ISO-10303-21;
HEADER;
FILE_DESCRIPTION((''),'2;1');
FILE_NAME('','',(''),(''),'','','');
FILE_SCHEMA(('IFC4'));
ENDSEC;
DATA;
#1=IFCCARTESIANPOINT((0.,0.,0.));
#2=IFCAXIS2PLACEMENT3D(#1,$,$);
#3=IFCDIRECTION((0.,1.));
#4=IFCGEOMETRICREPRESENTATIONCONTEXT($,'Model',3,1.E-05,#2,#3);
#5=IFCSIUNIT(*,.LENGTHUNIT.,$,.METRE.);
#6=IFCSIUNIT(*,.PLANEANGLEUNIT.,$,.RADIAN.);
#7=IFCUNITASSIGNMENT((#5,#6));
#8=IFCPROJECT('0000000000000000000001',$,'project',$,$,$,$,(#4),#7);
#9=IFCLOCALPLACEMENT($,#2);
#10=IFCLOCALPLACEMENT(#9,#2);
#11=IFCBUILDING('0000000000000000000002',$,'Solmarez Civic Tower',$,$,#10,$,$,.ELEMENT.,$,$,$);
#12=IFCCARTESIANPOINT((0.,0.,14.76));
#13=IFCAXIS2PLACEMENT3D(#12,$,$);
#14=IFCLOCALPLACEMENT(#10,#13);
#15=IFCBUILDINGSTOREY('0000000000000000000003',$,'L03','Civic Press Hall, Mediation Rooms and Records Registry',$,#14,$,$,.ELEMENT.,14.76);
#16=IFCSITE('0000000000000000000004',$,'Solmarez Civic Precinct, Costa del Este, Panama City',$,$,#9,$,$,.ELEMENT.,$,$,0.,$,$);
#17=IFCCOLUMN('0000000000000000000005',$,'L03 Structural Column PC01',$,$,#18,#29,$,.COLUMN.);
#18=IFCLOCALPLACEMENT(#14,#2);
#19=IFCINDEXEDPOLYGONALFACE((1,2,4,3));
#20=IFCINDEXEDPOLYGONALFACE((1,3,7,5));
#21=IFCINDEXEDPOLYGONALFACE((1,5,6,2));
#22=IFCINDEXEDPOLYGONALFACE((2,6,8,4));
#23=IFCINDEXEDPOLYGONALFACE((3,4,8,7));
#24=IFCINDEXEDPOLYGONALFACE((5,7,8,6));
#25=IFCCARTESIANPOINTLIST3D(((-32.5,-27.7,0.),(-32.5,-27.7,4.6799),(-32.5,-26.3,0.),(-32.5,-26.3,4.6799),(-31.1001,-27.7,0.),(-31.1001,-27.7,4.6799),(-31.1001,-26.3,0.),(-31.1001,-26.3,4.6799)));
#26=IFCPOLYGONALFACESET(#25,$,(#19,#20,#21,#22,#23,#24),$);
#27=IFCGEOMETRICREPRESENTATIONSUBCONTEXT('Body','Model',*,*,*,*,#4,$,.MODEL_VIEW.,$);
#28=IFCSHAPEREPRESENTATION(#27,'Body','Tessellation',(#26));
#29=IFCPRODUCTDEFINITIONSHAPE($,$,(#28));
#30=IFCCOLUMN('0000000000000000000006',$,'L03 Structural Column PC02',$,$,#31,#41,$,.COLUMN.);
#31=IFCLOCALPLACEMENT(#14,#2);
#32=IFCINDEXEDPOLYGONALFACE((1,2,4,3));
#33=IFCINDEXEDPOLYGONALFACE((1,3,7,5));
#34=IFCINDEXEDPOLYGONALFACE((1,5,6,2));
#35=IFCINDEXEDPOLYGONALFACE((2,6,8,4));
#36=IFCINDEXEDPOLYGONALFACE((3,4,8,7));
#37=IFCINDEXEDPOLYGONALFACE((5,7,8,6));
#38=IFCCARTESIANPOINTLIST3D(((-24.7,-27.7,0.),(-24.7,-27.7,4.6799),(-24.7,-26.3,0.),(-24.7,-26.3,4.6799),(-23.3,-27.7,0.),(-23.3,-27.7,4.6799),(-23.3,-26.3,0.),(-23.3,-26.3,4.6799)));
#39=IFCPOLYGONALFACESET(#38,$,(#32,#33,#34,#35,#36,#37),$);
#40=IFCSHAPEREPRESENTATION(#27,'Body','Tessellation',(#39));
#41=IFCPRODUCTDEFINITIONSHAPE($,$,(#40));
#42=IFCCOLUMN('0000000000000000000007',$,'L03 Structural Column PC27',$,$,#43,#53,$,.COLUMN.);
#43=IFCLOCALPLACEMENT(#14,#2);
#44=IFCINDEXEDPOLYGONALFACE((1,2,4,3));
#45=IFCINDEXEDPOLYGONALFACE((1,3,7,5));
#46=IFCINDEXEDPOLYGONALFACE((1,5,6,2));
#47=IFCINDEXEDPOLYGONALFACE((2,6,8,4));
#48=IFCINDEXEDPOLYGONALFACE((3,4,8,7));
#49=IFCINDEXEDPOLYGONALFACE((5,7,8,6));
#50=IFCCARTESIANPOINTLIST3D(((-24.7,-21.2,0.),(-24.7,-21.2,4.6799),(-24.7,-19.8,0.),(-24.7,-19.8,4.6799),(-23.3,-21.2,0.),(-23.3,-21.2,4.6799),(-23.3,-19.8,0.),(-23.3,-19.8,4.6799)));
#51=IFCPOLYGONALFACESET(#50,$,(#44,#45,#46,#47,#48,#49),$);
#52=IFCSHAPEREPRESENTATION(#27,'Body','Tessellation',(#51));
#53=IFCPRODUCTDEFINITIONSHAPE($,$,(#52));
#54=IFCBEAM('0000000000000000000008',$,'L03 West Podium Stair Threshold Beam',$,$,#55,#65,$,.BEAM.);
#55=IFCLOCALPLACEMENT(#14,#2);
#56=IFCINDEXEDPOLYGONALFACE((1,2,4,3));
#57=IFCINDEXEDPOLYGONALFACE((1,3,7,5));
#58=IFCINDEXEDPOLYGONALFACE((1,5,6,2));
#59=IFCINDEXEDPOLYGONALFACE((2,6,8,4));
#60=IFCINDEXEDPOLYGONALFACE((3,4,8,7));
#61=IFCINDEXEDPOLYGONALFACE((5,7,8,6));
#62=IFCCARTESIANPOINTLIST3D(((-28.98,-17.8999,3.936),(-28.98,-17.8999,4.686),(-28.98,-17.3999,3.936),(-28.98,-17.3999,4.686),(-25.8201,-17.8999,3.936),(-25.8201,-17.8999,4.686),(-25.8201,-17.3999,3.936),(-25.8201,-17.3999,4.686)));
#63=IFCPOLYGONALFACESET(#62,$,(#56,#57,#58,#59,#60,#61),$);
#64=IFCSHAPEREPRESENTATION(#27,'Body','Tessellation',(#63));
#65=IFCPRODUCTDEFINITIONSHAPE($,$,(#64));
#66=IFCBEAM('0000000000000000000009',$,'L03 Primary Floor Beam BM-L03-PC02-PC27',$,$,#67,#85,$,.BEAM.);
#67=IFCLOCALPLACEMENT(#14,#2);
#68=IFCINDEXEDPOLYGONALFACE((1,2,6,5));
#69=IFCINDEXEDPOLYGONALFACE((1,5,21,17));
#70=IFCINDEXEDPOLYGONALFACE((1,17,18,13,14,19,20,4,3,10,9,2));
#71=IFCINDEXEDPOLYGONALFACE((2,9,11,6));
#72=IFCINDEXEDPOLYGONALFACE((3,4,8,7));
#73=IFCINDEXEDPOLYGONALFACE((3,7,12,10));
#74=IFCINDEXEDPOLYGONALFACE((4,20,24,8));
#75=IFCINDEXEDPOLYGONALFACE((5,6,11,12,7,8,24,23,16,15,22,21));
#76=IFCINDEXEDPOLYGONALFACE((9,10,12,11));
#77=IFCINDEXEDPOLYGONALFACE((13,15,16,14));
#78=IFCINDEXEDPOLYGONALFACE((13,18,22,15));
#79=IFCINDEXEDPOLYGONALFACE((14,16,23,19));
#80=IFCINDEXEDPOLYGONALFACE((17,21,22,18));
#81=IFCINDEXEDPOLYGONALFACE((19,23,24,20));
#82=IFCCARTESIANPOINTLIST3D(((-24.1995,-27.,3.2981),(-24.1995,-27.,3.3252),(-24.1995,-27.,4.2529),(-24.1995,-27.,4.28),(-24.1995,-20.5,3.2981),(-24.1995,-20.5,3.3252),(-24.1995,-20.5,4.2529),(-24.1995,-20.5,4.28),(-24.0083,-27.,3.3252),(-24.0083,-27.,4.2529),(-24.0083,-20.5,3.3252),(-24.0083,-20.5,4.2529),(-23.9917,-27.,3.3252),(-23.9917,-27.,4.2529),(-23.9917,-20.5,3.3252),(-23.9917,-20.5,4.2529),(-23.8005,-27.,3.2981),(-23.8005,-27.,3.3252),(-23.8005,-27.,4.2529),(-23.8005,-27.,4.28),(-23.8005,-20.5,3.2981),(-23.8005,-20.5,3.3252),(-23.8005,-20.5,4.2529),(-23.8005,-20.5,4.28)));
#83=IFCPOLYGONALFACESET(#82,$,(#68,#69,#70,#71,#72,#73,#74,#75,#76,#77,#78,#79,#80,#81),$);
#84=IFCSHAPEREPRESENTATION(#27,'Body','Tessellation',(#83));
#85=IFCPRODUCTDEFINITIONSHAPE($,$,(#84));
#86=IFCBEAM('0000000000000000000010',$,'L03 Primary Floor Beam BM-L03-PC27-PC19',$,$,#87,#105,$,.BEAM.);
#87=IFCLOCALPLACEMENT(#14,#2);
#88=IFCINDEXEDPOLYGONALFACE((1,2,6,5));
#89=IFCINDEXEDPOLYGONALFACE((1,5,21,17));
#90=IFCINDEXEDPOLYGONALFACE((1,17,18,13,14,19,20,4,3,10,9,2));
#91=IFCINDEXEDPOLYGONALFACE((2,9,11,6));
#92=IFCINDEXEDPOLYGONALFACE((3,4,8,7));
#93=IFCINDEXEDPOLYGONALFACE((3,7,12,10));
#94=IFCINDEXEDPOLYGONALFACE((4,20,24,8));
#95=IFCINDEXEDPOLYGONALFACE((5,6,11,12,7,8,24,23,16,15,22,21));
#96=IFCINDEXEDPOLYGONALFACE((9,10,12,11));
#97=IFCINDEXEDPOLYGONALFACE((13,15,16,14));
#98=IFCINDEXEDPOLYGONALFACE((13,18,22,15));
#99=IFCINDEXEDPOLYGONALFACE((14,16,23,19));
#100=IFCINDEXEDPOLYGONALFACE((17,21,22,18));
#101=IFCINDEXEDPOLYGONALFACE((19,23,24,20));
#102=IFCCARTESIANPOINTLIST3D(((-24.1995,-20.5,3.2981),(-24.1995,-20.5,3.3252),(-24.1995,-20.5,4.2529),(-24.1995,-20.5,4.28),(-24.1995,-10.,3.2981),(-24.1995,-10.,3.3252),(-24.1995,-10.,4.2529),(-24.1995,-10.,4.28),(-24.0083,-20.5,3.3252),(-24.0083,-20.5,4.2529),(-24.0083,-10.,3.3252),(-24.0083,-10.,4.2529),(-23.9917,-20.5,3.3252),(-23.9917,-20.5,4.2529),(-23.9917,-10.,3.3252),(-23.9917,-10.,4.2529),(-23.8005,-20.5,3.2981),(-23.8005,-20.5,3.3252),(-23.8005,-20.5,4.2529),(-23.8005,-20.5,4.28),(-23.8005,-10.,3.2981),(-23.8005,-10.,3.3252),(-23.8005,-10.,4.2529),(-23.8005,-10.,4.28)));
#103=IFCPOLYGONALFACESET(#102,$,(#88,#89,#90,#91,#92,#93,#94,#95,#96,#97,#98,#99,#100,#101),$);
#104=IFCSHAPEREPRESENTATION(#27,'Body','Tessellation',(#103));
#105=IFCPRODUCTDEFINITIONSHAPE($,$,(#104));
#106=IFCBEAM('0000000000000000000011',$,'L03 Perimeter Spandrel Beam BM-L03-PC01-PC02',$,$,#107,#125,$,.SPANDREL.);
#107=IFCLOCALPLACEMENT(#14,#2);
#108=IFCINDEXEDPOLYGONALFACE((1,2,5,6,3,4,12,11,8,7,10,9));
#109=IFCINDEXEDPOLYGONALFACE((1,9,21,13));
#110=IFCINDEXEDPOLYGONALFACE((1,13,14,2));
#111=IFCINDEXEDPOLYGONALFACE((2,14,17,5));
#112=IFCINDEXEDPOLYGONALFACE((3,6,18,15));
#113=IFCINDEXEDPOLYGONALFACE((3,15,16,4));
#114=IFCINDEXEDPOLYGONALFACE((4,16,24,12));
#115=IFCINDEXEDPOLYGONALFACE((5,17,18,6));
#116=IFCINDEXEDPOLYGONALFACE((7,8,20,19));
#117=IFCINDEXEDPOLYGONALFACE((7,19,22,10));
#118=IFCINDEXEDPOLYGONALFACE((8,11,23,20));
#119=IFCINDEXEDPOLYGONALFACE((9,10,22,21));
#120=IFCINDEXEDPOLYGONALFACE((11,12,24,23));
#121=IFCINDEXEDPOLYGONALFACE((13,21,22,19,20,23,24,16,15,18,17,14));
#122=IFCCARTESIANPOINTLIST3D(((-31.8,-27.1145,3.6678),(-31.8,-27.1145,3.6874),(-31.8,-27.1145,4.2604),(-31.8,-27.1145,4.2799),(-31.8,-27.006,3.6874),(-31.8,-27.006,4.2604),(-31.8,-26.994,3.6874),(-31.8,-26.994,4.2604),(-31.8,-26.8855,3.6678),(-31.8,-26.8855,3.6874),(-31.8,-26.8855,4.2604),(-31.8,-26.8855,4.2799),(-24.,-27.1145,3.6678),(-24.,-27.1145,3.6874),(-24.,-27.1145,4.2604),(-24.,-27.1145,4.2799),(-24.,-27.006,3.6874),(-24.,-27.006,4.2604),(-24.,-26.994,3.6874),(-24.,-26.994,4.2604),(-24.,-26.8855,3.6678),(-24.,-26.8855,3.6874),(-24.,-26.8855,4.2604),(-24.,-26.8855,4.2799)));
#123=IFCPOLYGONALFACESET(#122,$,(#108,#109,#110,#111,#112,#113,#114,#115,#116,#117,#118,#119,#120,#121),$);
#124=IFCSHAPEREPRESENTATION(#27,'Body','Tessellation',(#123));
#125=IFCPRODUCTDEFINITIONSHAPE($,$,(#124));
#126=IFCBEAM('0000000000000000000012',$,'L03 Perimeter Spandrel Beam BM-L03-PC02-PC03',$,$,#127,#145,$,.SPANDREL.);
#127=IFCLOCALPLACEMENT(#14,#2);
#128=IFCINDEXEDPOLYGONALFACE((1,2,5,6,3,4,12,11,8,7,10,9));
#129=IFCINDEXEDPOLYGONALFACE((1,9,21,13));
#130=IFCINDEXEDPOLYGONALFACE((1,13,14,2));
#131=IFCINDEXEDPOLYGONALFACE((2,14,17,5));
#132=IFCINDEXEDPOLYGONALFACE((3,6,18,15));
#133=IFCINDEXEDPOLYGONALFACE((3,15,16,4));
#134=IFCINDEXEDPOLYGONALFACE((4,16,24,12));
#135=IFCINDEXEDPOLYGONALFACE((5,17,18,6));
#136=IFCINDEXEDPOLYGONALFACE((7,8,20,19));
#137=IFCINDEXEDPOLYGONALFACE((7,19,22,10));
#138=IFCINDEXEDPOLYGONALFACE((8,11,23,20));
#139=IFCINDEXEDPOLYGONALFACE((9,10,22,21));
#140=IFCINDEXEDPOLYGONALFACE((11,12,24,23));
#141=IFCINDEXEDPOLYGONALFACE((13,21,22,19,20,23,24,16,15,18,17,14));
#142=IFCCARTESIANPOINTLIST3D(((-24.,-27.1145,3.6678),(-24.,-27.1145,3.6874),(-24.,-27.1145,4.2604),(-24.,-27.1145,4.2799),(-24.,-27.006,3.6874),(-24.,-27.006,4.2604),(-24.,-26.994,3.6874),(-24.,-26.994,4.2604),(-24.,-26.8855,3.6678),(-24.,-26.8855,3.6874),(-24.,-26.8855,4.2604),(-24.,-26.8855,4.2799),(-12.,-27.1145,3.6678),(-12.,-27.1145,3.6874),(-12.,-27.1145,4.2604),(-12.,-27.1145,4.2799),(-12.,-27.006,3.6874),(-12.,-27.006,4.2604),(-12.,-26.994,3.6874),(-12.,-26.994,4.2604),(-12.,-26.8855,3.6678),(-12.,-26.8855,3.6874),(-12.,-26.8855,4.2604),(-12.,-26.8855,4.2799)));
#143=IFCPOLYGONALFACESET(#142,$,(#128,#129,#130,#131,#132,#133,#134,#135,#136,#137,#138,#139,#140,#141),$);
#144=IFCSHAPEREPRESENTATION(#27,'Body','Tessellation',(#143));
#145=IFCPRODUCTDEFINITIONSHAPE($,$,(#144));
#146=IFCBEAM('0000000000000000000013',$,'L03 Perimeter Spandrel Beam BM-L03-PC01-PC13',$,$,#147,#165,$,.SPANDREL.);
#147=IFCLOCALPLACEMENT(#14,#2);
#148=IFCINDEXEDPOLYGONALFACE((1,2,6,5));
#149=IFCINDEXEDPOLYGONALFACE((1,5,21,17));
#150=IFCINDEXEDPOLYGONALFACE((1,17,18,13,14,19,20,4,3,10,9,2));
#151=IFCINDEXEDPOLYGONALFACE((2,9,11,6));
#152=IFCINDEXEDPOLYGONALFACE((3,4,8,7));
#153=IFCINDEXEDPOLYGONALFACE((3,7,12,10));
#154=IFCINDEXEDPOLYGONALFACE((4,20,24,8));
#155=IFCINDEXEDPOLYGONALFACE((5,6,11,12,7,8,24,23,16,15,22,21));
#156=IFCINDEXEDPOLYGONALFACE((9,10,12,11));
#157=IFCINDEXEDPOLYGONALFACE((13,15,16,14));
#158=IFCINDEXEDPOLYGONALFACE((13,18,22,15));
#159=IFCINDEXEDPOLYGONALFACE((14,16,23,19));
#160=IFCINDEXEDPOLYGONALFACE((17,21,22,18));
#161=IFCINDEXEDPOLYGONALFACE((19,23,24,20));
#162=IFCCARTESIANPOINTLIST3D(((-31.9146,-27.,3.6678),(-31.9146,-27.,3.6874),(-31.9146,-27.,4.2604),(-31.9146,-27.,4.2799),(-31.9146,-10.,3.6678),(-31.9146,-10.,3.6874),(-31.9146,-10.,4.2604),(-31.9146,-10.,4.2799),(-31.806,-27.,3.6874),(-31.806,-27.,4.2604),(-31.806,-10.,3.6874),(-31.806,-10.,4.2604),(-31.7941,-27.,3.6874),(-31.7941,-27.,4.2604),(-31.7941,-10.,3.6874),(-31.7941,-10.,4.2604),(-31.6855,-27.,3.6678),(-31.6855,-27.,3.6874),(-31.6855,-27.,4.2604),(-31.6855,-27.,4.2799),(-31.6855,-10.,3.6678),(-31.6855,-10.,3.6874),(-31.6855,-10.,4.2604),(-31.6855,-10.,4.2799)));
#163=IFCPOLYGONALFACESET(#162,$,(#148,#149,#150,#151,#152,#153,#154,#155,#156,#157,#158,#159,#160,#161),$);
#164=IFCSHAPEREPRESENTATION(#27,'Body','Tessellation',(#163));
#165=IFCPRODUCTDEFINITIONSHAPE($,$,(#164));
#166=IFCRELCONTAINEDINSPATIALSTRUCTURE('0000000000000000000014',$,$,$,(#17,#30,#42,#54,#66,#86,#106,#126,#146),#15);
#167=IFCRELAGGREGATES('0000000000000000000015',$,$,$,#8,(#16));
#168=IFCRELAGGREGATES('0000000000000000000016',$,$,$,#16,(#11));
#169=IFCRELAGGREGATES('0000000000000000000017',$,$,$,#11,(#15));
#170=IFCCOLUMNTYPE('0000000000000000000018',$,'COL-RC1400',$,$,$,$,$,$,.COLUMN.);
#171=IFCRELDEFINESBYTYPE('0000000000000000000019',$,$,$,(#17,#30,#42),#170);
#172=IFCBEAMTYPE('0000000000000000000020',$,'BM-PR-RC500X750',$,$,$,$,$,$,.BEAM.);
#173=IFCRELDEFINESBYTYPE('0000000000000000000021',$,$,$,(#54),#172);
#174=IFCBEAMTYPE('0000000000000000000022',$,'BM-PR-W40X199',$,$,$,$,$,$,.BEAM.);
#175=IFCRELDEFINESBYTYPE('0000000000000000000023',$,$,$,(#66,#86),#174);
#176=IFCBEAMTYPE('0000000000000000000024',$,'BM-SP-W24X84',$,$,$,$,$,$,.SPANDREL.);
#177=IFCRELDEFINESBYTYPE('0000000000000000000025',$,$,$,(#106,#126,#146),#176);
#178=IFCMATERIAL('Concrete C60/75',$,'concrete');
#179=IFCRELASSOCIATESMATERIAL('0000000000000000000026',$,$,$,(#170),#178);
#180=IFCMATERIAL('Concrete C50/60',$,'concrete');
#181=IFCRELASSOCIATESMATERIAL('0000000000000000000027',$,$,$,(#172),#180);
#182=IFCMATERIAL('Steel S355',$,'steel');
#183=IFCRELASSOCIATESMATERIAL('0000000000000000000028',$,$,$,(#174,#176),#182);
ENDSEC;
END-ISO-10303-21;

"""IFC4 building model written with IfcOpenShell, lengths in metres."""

from ifc_helpers import new_model, si_unit, direction, frame, origin, origin_2d, place, context, subcontext, project, spatial, rectangle, i_section, extrude, material, material_profile, profile_set, type_object, element, save


model = new_model("IFC4")

# Units and contexts
model_context = context("Model", 3, precision=1e-05, world=origin(), true_north=direction((0.0, 1.0)))
body_context = subcontext(model_context, "Body", "Model", "MODEL_VIEW")
ifc_project = project(units=[si_unit("LENGTHUNIT", "METRE"), si_unit("PLANEANGLEUNIT", "RADIAN")], contexts=[model_context])

# Site, building, storey
site_placement = place(None, origin())
site = spatial("IfcSite", under=ifc_project, at=site_placement, Name="Solmarez Civic Precinct, Costa del Este, Panama City", CompositionType="ELEMENT", RefElevation=0.0)
building_placement = place(site_placement, origin())
building = spatial("IfcBuilding", under=site, at=building_placement, Name="Solmarez Civic Tower", CompositionType="ELEMENT")
storey_placement = place(building_placement, frame((0.0, 0.0, 14.76)))
storey = spatial("IfcBuildingStorey", under=building, at=storey_placement, Name="L03", Description="Civic Press Hall, Mediation Rooms and Records Registry", CompositionType="ELEMENT", Elevation=14.76)

# Columns
ifc_material_1 = material(Name="Concrete C60/75", Category="concrete")
ifc_material_profile_1 = material_profile(ifc_material_1, rectangle(XDim=1.3999, YDim=1.3999, at=origin_2d()), Name="RC1400X1400")
ifc_profile_set_1 = profile_set([ifc_material_profile_1], Name="Concrete C60/75")
column_type = type_object("IfcColumnType", Name="COL-RC1400", PredefinedType="COLUMN", material=ifc_profile_set_1)
for number, where, z_axis, x_axis, name in (
    (1, (-31.8, -27.0, 0.0), (0.0, 0.0, 1.0), (1.0, 0.0, 0.0), "L03 Structural Column PC01"),
    (2, (-24.0, -27.0, 0.0), (0.0, 0.0, 1.0), (1.0, 0.0, 0.0), "L03 Structural Column PC02"),
    (3, (-24.0, -20.5, 0.0), (0.0, 0.0, 1.0), (1.0, 0.0, 0.0), "L03 Structural Column PC27"),
):
    element("IfcColumn", number, at=place(storey_placement, frame(where, z_axis=z_axis, x_axis=x_axis)), inside=storey, type_object=column_type, Name=name, PredefinedType="COLUMN", context=body_context, shape_type="SweptSolid", body=[
        extrude(rectangle(XDim=1.3999, YDim=1.3999, at=origin_2d()), origin(), (0.0, 0.0, 1.0), 4.6799),
    ])

# Beams
ifc_material_2 = material(Name="Concrete C50/60", Category="concrete")
ifc_material_profile_2 = material_profile(ifc_material_2, rectangle(XDim=0.5, YDim=0.75, at=origin_2d()), Name="RC500X750")
ifc_profile_set_2 = profile_set([ifc_material_profile_2], Name="Concrete C50/60")
beam_type_1 = type_object("IfcBeamType", Name="BM-PR-RC500X750", PredefinedType="BEAM", material=ifc_profile_set_2)
beam_1_placement = place(storey_placement, frame((-28.98, -17.6499, 4.311), z_axis=(1.0, 0.0, 0.0), x_axis=(0.0, 1.0, 0.0)))
element("IfcBeam", 4, at=beam_1_placement, inside=storey, type_object=beam_type_1, Name="L03 West Podium Stair Threshold Beam", PredefinedType="BEAM", context=body_context, shape_type="SweptSolid", body=[
    extrude(rectangle(XDim=0.5, YDim=0.75, at=origin_2d()), origin(), (0.0, 0.0, 1.0), 3.1599),
])
ifc_material_3 = material(Name="Steel S355", Category="steel")
ifc_material_profile_3 = material_profile(ifc_material_3, i_section(OverallWidth=0.3989, OverallDepth=0.9819, WebThickness=0.0166, FlangeThickness=0.0271, at=origin_2d()), Name="W40X199")
ifc_profile_set_3 = profile_set([ifc_material_profile_3], Name="Steel S355")
beam_type_2 = type_object("IfcBeamType", Name="BM-PR-W40X199", PredefinedType="BEAM", material=ifc_profile_set_3)
beam_2_placement = place(storey_placement, frame((-24.0, -27.0, 3.7891), z_axis=(0.0, 1.0, 0.0), x_axis=(-1.0, 0.0, 0.0)))
element("IfcBeam", 5, at=beam_2_placement, inside=storey, type_object=beam_type_2, Name="L03 Primary Floor Beam BM-L03-PC02-PC27", PredefinedType="BEAM", context=body_context, shape_type="SweptSolid", body=[
    extrude(i_section(OverallWidth=0.3989, OverallDepth=0.9819, WebThickness=0.0166, FlangeThickness=0.0271, at=origin_2d()), origin(), (0.0, 0.0, 1.0), 6.5),
])
beam_3_placement = place(storey_placement, frame((-24.0, -20.5, 3.7891), z_axis=(0.0, 1.0, 0.0), x_axis=(-1.0, 0.0, 0.0)))
element("IfcBeam", 6, at=beam_3_placement, inside=storey, type_object=beam_type_2, Name="L03 Primary Floor Beam BM-L03-PC27-PC19", PredefinedType="BEAM", context=body_context, shape_type="SweptSolid", body=[
    extrude(i_section(OverallWidth=0.3989, OverallDepth=0.9819, WebThickness=0.0166, FlangeThickness=0.0271, at=origin_2d()), origin(), (0.0, 0.0, 1.0), 10.5),
])
ifc_material_profile_4 = material_profile(ifc_material_3, i_section(OverallWidth=0.229, OverallDepth=0.6121, WebThickness=0.012, FlangeThickness=0.0195, at=origin_2d()), Name="W24X84")
ifc_profile_set_4 = profile_set([ifc_material_profile_4], Name="Steel S355")
beam_type_3 = type_object("IfcBeamType", Name="BM-SP-W24X84", PredefinedType="SPANDREL", material=ifc_profile_set_4)
beam_4_placement = place(storey_placement, frame((-31.8, -27.0, 3.9739), z_axis=(1.0, 0.0, 0.0), x_axis=(0.0, 1.0, 0.0)))
element("IfcBeam", 7, at=beam_4_placement, inside=storey, type_object=beam_type_3, Name="L03 Perimeter Spandrel Beam BM-L03-PC01-PC02", PredefinedType="SPANDREL", context=body_context, shape_type="SweptSolid", body=[
    extrude(i_section(OverallWidth=0.229, OverallDepth=0.6121, WebThickness=0.012, FlangeThickness=0.0195, at=origin_2d()), origin(), (0.0, 0.0, 1.0), 7.8),
])
beam_5_placement = place(storey_placement, frame((-24.0, -27.0, 3.9739), z_axis=(1.0, 0.0, 0.0), x_axis=(0.0, 1.0, 0.0)))
element("IfcBeam", 8, at=beam_5_placement, inside=storey, type_object=beam_type_3, Name="L03 Perimeter Spandrel Beam BM-L03-PC02-PC03", PredefinedType="SPANDREL", context=body_context, shape_type="SweptSolid", body=[
    extrude(i_section(OverallWidth=0.229, OverallDepth=0.6121, WebThickness=0.012, FlangeThickness=0.0195, at=origin_2d()), origin(), (0.0, 0.0, 1.0), 12.0),
])
beam_6_placement = place(storey_placement, frame((-31.8, -27.0, 3.9739), z_axis=(0.0, 1.0, 0.0), x_axis=(-1.0, 0.0, 0.0)))
element("IfcBeam", 9, at=beam_6_placement, inside=storey, type_object=beam_type_3, Name="L03 Perimeter Spandrel Beam BM-L03-PC01-PC13", PredefinedType="SPANDREL", context=body_context, shape_type="SweptSolid", body=[
    extrude(i_section(OverallWidth=0.229, OverallDepth=0.6121, WebThickness=0.012, FlangeThickness=0.0195, at=origin_2d()), origin(), (0.0, 0.0, 1.0), 17.0),
])

save(model, "model.ifc")
